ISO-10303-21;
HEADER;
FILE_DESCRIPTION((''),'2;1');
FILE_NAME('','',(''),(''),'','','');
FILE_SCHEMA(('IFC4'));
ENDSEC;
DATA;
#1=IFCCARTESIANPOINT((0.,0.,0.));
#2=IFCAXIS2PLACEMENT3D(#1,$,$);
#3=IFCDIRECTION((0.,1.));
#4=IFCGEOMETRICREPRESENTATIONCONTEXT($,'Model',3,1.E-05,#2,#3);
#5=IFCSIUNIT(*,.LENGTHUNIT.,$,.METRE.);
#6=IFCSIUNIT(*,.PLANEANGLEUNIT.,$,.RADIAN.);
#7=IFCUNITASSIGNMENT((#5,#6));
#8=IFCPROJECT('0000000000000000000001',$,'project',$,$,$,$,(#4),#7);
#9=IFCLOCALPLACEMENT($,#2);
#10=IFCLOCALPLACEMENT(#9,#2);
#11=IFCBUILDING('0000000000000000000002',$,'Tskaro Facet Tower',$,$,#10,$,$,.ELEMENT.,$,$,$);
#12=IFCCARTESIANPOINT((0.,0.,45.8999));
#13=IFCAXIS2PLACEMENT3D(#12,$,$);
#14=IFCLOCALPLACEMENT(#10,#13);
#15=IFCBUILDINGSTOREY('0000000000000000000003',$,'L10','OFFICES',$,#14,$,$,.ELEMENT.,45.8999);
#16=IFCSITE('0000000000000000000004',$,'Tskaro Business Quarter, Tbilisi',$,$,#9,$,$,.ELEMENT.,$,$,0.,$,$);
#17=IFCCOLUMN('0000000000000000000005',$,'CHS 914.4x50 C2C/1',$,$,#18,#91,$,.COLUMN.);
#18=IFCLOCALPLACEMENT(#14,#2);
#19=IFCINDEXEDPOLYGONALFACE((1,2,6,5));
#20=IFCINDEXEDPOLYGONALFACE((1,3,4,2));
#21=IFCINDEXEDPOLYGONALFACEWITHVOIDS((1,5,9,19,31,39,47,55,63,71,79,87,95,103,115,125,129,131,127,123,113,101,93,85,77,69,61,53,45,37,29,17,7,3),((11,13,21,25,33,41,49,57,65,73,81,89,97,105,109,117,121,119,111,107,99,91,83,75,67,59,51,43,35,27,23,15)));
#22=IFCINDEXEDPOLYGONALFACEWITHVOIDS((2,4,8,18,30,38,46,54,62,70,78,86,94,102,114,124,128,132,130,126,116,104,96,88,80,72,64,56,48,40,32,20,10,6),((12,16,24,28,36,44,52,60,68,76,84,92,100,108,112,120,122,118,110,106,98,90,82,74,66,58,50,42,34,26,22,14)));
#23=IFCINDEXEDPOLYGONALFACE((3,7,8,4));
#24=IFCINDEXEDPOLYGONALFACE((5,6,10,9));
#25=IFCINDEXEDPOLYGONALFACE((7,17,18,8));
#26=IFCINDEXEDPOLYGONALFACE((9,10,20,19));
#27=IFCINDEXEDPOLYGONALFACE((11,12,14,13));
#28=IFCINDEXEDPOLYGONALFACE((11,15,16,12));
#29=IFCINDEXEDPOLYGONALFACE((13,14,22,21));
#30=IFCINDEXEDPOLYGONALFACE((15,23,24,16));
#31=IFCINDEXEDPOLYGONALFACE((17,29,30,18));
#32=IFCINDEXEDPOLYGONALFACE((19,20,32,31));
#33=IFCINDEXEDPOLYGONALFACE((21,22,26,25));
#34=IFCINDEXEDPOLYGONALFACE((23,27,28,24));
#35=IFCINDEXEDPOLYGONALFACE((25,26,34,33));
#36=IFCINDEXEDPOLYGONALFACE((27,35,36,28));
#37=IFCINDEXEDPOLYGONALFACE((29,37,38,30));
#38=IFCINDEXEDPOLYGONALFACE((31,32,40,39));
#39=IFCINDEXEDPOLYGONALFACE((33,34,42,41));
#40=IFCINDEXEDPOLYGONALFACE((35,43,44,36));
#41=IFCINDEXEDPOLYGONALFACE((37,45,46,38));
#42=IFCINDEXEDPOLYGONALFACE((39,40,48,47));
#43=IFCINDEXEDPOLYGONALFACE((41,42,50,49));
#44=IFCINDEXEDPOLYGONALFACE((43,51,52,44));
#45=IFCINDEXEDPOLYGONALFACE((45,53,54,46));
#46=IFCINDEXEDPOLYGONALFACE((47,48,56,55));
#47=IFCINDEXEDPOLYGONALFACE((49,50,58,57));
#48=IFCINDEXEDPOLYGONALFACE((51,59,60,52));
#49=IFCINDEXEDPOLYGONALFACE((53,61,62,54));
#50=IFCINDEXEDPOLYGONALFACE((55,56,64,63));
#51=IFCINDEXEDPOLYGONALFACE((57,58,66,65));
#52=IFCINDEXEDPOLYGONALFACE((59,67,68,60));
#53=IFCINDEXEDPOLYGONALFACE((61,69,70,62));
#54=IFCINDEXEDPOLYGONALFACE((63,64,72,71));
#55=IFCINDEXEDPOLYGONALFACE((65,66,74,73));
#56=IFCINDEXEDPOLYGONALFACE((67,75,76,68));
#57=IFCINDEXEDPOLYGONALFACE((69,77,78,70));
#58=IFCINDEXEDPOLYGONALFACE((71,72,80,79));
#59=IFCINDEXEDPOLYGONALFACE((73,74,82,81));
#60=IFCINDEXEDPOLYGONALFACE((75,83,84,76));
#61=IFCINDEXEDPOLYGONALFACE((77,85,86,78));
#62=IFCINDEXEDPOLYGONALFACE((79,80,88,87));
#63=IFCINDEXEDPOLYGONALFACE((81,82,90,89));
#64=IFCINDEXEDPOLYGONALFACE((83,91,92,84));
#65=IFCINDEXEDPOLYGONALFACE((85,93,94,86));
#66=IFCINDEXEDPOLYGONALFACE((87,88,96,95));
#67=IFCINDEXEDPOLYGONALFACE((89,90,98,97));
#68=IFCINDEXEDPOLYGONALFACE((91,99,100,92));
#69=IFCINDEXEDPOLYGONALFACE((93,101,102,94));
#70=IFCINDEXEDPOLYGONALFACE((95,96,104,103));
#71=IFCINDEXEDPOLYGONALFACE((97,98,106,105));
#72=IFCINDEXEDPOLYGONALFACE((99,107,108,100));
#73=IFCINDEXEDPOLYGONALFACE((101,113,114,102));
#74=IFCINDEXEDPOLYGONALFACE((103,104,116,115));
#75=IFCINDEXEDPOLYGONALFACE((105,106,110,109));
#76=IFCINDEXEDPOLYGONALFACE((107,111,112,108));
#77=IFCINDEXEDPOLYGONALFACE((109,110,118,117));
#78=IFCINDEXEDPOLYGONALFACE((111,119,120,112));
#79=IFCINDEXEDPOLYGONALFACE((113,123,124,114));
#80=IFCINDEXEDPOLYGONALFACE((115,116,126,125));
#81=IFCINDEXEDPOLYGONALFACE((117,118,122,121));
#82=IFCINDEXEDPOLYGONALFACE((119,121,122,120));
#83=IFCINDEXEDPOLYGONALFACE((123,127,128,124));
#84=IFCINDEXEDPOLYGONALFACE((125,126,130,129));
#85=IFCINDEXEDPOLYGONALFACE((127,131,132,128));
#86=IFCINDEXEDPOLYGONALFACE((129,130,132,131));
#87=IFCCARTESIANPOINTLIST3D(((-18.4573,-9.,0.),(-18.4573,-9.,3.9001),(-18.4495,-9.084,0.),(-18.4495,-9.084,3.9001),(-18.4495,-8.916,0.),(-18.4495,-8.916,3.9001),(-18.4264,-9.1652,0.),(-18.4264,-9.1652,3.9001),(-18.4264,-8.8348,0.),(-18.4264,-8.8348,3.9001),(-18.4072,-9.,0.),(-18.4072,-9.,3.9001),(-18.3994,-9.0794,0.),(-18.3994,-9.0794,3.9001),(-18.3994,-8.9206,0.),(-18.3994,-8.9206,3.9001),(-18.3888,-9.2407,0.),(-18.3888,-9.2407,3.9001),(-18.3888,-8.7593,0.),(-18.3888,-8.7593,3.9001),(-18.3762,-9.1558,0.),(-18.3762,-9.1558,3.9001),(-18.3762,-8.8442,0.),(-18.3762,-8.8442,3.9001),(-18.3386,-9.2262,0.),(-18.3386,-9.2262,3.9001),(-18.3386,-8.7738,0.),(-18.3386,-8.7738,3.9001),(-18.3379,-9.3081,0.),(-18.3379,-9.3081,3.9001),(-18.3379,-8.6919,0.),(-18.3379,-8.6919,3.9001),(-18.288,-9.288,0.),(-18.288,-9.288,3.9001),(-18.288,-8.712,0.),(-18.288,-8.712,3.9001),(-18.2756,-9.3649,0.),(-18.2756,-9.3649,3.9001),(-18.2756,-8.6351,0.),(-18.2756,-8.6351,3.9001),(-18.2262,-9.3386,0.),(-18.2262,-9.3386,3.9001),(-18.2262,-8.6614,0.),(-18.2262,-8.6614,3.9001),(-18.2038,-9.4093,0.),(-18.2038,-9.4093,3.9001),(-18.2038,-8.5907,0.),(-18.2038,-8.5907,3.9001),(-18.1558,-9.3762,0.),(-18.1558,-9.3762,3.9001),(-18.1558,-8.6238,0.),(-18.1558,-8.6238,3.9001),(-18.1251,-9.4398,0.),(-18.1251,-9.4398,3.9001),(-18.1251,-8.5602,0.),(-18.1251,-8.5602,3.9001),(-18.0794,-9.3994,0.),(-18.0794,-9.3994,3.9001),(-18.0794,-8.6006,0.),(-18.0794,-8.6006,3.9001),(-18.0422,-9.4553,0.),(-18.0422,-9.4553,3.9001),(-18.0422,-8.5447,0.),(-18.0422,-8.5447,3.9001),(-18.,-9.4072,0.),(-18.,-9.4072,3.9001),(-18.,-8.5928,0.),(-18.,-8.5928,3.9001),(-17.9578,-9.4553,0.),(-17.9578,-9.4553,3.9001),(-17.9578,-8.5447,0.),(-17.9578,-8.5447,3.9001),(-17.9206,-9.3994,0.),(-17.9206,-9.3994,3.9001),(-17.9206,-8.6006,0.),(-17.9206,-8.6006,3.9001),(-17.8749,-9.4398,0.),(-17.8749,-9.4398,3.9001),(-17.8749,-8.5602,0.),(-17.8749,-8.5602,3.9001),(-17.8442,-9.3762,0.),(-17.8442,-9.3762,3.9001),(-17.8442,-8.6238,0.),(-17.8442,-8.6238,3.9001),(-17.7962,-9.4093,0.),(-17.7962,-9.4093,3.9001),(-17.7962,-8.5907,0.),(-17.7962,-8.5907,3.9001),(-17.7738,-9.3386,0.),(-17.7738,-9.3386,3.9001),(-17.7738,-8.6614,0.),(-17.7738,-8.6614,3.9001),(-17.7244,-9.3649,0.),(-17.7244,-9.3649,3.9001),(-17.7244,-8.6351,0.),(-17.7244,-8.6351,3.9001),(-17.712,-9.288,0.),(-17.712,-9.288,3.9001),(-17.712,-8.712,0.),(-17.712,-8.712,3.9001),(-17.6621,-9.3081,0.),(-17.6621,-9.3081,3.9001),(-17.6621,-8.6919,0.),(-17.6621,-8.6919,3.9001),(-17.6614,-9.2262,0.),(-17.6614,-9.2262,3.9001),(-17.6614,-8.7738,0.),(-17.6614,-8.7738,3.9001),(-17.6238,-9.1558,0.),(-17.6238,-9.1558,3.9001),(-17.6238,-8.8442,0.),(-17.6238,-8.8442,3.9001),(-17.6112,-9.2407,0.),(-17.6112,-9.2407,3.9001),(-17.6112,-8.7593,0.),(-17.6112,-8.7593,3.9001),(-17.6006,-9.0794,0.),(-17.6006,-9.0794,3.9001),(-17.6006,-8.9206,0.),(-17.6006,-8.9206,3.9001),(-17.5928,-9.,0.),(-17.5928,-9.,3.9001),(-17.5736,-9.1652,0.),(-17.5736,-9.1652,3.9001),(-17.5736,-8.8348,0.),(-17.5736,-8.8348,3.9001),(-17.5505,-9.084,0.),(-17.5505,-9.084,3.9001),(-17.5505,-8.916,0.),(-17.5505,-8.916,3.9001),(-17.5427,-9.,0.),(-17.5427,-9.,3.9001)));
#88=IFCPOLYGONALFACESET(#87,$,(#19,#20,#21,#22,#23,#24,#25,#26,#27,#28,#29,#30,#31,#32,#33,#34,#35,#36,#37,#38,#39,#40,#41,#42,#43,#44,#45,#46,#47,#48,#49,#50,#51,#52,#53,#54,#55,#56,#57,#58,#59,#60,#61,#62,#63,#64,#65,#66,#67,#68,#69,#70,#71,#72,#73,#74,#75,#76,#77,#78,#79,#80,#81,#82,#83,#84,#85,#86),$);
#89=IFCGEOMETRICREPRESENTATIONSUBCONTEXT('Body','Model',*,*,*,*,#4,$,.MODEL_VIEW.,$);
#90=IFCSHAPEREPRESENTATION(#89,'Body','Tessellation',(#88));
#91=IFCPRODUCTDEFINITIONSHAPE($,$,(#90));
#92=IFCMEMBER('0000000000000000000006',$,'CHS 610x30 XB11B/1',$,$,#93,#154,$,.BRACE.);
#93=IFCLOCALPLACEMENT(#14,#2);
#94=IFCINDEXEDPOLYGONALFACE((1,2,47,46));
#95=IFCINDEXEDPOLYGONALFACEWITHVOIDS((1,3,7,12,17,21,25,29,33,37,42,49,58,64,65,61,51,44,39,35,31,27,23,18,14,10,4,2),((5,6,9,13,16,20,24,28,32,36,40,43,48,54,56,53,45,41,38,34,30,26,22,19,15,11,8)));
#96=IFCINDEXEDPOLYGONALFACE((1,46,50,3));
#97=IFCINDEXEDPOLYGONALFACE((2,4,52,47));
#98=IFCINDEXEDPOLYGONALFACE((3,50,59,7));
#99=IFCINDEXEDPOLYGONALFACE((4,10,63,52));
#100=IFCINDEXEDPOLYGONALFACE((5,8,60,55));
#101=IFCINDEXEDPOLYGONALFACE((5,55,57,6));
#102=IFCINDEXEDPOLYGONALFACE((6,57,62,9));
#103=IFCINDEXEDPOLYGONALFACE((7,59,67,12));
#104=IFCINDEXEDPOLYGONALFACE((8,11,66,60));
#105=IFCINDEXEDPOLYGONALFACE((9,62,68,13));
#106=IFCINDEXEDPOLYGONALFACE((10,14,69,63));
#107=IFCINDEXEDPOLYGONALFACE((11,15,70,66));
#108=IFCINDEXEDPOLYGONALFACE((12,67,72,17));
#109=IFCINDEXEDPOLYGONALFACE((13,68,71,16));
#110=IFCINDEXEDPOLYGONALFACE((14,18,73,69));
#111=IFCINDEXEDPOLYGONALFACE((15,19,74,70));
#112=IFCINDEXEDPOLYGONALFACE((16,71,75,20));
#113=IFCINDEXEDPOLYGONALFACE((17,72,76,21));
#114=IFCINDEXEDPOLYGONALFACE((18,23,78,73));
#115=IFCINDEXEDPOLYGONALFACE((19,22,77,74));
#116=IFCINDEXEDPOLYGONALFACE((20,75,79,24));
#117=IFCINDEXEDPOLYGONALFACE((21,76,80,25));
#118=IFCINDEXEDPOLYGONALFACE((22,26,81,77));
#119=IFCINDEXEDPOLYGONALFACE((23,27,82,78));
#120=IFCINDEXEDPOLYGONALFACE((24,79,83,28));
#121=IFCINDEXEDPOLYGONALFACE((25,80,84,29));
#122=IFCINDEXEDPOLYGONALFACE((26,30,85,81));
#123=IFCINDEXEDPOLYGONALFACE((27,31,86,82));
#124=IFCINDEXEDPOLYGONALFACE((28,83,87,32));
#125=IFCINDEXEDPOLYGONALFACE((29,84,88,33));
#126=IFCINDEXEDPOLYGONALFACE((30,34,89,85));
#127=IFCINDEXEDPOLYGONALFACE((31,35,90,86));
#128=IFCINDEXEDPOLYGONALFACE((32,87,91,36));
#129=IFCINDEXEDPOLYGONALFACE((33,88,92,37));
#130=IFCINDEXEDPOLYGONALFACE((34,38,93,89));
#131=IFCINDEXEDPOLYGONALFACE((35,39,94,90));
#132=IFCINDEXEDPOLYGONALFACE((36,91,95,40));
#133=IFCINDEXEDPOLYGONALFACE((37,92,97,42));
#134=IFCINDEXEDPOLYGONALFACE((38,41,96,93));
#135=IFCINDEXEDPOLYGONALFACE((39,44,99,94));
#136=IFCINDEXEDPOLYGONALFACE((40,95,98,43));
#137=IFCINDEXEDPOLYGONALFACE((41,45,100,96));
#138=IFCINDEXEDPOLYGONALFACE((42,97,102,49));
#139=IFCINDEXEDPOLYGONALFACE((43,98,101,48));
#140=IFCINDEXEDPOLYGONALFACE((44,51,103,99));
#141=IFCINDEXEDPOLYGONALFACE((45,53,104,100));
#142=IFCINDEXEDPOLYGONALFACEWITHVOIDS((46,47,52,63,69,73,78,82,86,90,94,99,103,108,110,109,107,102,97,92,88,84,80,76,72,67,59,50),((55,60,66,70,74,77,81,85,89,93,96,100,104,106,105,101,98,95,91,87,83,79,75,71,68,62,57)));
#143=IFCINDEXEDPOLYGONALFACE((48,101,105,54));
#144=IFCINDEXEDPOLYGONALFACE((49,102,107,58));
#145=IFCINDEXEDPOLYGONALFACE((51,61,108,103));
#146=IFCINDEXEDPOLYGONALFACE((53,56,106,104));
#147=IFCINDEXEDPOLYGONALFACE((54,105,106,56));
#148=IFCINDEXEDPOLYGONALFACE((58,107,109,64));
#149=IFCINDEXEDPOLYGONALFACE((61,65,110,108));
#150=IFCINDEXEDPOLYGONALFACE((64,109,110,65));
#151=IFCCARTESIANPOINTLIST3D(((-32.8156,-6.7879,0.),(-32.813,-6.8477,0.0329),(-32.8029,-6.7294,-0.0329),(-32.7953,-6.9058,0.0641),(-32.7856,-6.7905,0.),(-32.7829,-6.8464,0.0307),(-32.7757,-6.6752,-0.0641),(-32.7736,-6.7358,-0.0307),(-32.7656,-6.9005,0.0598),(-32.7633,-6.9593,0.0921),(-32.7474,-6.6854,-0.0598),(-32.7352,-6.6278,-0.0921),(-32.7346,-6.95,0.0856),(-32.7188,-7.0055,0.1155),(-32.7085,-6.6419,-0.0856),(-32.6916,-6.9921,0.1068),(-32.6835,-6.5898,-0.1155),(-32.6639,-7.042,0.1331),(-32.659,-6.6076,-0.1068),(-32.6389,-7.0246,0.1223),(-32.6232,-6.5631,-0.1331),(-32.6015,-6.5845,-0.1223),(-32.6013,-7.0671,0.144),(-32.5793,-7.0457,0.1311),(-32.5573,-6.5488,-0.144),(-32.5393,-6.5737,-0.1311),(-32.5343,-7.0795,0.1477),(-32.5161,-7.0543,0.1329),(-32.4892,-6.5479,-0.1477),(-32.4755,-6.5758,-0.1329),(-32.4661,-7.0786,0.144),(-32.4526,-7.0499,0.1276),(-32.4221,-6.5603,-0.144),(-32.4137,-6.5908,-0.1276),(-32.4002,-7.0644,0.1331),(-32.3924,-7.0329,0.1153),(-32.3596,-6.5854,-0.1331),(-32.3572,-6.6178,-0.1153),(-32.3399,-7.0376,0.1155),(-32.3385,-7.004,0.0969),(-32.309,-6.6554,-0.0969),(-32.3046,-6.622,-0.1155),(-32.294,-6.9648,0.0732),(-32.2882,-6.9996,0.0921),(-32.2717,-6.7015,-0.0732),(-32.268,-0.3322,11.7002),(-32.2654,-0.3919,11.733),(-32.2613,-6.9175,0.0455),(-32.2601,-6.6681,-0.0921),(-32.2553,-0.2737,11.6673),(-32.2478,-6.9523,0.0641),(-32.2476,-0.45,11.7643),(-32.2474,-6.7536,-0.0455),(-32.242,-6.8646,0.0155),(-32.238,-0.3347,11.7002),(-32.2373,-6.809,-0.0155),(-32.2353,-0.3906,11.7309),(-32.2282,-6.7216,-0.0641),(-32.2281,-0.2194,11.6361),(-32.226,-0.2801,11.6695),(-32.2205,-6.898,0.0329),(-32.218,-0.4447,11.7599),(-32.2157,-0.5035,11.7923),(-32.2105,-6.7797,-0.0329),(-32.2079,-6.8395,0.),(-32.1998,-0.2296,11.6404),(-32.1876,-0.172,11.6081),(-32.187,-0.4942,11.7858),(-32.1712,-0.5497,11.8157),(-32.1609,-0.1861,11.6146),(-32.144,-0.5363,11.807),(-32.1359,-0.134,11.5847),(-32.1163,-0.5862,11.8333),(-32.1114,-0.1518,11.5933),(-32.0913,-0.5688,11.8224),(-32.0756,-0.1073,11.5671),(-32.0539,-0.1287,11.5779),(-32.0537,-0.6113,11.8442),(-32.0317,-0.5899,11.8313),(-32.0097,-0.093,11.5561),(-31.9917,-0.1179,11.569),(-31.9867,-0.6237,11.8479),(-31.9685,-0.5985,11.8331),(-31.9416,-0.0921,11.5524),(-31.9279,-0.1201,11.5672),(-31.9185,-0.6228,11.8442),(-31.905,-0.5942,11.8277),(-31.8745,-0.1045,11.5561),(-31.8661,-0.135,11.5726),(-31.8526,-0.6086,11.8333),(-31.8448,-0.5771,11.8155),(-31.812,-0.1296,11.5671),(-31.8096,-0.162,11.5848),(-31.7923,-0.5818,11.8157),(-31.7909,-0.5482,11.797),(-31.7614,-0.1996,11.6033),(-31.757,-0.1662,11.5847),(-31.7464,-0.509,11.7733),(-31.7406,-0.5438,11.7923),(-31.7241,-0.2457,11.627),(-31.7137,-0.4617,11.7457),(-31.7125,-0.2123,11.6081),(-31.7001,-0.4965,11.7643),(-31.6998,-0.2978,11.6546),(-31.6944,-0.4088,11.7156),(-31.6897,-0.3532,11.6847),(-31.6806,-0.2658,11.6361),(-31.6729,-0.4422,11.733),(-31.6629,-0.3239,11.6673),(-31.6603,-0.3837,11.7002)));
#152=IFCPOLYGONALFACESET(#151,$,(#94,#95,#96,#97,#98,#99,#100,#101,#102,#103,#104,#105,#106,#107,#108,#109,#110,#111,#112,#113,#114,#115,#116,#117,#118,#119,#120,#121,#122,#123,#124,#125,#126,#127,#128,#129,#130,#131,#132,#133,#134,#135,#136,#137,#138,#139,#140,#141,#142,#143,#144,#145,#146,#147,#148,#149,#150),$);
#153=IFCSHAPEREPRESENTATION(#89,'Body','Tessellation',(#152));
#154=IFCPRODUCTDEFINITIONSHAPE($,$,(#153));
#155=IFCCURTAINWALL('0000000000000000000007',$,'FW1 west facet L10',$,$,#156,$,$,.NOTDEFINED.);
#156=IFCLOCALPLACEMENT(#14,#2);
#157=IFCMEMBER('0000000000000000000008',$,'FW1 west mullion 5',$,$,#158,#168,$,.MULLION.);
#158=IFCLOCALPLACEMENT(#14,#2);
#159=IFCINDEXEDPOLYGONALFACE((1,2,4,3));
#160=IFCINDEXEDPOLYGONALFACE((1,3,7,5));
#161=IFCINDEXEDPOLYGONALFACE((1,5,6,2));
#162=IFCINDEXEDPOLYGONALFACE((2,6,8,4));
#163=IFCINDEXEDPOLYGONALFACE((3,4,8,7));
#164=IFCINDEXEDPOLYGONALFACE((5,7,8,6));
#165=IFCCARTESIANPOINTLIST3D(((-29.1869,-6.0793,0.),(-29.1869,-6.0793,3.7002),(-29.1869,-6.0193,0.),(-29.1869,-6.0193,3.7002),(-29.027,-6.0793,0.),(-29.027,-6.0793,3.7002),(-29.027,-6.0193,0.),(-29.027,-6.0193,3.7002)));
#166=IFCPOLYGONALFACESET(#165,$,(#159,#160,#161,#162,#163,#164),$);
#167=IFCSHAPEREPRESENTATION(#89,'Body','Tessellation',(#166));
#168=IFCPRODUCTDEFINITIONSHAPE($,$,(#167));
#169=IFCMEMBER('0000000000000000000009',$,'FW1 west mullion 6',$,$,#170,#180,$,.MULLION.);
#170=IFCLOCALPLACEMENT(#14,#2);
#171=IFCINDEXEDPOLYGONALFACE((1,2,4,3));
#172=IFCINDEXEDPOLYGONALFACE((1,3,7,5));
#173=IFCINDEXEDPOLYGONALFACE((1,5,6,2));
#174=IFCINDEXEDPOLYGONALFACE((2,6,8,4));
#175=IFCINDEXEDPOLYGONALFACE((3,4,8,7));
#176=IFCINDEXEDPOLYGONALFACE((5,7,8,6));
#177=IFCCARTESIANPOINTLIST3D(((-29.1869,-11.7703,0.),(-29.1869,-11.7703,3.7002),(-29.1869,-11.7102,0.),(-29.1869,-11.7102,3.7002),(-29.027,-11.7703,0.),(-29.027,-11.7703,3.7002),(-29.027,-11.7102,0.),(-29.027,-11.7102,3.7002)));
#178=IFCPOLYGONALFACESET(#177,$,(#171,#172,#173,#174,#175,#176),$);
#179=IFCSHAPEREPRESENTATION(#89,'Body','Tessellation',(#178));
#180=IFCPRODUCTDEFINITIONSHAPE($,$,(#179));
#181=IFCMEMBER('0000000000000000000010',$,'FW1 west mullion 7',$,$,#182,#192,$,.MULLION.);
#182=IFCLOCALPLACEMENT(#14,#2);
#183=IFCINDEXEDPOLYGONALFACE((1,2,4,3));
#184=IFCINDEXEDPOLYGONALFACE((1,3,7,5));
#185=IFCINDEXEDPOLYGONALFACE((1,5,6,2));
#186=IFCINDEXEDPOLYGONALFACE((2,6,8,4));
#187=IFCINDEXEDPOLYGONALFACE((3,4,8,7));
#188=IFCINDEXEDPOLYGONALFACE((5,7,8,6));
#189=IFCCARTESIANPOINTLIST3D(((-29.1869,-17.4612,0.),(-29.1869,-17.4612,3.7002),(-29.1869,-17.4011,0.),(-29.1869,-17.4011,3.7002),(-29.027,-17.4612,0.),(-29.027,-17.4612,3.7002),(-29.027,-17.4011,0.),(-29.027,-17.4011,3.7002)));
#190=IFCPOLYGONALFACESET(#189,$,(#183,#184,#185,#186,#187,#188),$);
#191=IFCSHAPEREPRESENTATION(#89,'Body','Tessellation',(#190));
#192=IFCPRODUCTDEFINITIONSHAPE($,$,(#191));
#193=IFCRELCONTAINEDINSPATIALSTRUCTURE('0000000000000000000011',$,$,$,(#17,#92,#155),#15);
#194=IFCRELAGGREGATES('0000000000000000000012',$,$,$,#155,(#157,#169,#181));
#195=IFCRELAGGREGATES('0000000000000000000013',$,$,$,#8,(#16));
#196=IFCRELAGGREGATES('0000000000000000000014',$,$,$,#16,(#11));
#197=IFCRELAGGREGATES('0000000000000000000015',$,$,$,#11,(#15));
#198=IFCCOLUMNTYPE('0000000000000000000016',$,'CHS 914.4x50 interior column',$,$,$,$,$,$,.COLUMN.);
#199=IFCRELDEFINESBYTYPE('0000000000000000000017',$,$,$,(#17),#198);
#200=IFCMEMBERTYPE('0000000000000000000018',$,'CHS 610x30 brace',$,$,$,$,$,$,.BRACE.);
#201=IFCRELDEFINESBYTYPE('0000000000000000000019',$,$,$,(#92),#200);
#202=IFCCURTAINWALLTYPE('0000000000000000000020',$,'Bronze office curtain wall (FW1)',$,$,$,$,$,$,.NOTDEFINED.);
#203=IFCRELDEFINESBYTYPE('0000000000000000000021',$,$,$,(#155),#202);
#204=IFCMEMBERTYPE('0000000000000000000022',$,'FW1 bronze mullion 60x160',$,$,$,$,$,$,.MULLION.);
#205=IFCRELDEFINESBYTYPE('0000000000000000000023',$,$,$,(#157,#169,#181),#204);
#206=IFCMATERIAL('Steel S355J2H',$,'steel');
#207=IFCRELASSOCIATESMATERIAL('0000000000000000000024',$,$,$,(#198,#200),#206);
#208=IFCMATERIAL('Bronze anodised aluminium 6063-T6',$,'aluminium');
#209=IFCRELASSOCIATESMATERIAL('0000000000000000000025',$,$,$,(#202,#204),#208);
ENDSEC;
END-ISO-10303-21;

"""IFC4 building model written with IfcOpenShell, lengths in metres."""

from ifc_helpers import new_model, si_unit, direction, frame, origin, origin_2d, place, context, subcontext, project, spatial, rectangle, hollow_circle, extrude, material, material_profile, profile_set, type_object, element, aggregate, save


model = new_model("IFC4")

# Units and contexts
model_context = context("Model", 3, precision=1e-05, world=origin(), true_north=direction((0.0, 1.0)))
body_context = subcontext(model_context, "Body", "Model", "MODEL_VIEW")
ifc_project = project(units=[si_unit("LENGTHUNIT", "METRE"), si_unit("PLANEANGLEUNIT", "RADIAN")], contexts=[model_context])

# Site, building, storey
site_placement = place(None, origin())
site = spatial("IfcSite", under=ifc_project, at=site_placement, Name="Tskaro Business Quarter, Tbilisi", CompositionType="ELEMENT", RefElevation=0.0)
building_placement = place(site_placement, origin())
building = spatial("IfcBuilding", under=site, at=building_placement, Name="Tskaro Facet Tower", CompositionType="ELEMENT")
storey_placement = place(building_placement, frame((0.0, 0.0, 45.8999)))
storey = spatial("IfcBuildingStorey", under=building, at=storey_placement, Name="L10", Description="OFFICES", CompositionType="ELEMENT", Elevation=45.8999)

# Column
ifc_material_1 = material(Name="Steel S355J2H", Category="steel")
ifc_material_profile_1 = material_profile(ifc_material_1, hollow_circle(Radius=0.4573, WallThickness=0.05, at=origin_2d()), Name="CHS 914.4x50")
ifc_profile_set_1 = profile_set([ifc_material_profile_1], Name="Steel S355J2H")
column_type_1 = type_object("IfcColumnType", Name="CHS 914.4x50 interior column", PredefinedType="COLUMN", material=ifc_profile_set_1)
column_placement = place(storey_placement, frame((-18.0, -9.0, 0.0), z_axis=(0.0, 0.0, 1.0), x_axis=(1.0, 0.0, 0.0)))
element("IfcColumn", 1, at=column_placement, inside=storey, type_object=column_type_1, Name="CHS 914.4x50 C2C/1", PredefinedType="COLUMN", context=body_context, shape_type="SweptSolid", body=[
    extrude(hollow_circle(Radius=0.4573, WallThickness=0.05, at=origin_2d()), origin(), (0.0, 0.0, 1.0), 3.9001),
])

# Member
ifc_material_profile_2 = material_profile(ifc_material_1, hollow_circle(Radius=0.3049, WallThickness=0.03, at=origin_2d()), Name="CHS 610x30")
ifc_profile_set_2 = profile_set([ifc_material_profile_2], Name="Steel S355J2H")
member_type_1 = type_object("IfcMemberType", Name="CHS 610x30 brace", PredefinedType="BRACE", material=ifc_profile_set_2)
member_1_placement = place(storey_placement, frame((-32.5117, -6.8137, 0.0), z_axis=(0.040945, 0.482703, 0.874827), x_axis=(-0.996422, 0.08452, 0.0)))
element("IfcMember", 2, at=member_1_placement, inside=storey, type_object=member_type_1, Name="CHS 610x30 XB11B/1", PredefinedType="BRACE", context=body_context, shape_type="SweptSolid", body=[
    extrude(hollow_circle(Radius=0.3049, WallThickness=0.03, at=origin_2d()), origin(), (0.0, 0.0, 1.0), 13.3743),
])

# Curtain wall, members
ifc_material_2 = material(Name="Bronze anodised aluminium 6063-T6", Category="aluminium")
curtain_wall_type = type_object("IfcCurtainWallType", Name="Bronze office curtain wall (FW1)", PredefinedType="NOTDEFINED", material=ifc_material_2)
curtain_wall_placement = place(storey_placement, origin())
curtain_wall = element("IfcCurtainWall", 3, at=curtain_wall_placement, inside=storey, type_object=curtain_wall_type, Name="FW1 west facet L10", PredefinedType="NOTDEFINED")
ifc_material_profile_3 = material_profile(ifc_material_2, rectangle(XDim=0.0601, YDim=0.1599, at=origin_2d()), Name="Mullion 60x160")
ifc_profile_set_3 = profile_set([ifc_material_profile_3], Name="Bronze anodised aluminium 6063-T6")
member_type_2 = type_object("IfcMemberType", Name="FW1 bronze mullion 60x160", PredefinedType="MULLION", material=ifc_profile_set_3)
member_2_placement = place(storey_placement, frame((-29.1069, -6.0493, 0.0), z_axis=(0.0, 0.0, 1.0), x_axis=(0.0, -1.0, 0.0)))
member_2 = element("IfcMember", 4, at=member_2_placement, type_object=member_type_2, Name="FW1 west mullion 5", PredefinedType="MULLION", context=body_context, shape_type="SweptSolid", body=[
    extrude(rectangle(XDim=0.0601, YDim=0.1599, at=origin_2d()), origin(), (0.0, 0.0, 1.0), 3.7002),
])
member_3_placement = place(storey_placement, frame((-29.1069, -11.7402, 0.0), z_axis=(0.0, 0.0, 1.0), x_axis=(0.0, -1.0, 0.0)))
member_3 = element("IfcMember", 5, at=member_3_placement, type_object=member_type_2, Name="FW1 west mullion 6", PredefinedType="MULLION", context=body_context, shape_type="SweptSolid", body=[
    extrude(rectangle(XDim=0.0601, YDim=0.1599, at=origin_2d()), origin(), (0.0, 0.0, 1.0), 3.7002),
])
member_4_placement = place(storey_placement, frame((-29.1069, -17.4312, 0.0), z_axis=(0.0, 0.0, 1.0), x_axis=(0.0, -1.0, 0.0)))
member_4 = element("IfcMember", 6, at=member_4_placement, type_object=member_type_2, Name="FW1 west mullion 7", PredefinedType="MULLION", context=body_context, shape_type="SweptSolid", body=[
    extrude(rectangle(XDim=0.0601, YDim=0.1599, at=origin_2d()), origin(), (0.0, 0.0, 1.0), 3.7002),
])

aggregate(curtain_wall, [member_2, member_3, member_4])

save(model, "model.ifc")
